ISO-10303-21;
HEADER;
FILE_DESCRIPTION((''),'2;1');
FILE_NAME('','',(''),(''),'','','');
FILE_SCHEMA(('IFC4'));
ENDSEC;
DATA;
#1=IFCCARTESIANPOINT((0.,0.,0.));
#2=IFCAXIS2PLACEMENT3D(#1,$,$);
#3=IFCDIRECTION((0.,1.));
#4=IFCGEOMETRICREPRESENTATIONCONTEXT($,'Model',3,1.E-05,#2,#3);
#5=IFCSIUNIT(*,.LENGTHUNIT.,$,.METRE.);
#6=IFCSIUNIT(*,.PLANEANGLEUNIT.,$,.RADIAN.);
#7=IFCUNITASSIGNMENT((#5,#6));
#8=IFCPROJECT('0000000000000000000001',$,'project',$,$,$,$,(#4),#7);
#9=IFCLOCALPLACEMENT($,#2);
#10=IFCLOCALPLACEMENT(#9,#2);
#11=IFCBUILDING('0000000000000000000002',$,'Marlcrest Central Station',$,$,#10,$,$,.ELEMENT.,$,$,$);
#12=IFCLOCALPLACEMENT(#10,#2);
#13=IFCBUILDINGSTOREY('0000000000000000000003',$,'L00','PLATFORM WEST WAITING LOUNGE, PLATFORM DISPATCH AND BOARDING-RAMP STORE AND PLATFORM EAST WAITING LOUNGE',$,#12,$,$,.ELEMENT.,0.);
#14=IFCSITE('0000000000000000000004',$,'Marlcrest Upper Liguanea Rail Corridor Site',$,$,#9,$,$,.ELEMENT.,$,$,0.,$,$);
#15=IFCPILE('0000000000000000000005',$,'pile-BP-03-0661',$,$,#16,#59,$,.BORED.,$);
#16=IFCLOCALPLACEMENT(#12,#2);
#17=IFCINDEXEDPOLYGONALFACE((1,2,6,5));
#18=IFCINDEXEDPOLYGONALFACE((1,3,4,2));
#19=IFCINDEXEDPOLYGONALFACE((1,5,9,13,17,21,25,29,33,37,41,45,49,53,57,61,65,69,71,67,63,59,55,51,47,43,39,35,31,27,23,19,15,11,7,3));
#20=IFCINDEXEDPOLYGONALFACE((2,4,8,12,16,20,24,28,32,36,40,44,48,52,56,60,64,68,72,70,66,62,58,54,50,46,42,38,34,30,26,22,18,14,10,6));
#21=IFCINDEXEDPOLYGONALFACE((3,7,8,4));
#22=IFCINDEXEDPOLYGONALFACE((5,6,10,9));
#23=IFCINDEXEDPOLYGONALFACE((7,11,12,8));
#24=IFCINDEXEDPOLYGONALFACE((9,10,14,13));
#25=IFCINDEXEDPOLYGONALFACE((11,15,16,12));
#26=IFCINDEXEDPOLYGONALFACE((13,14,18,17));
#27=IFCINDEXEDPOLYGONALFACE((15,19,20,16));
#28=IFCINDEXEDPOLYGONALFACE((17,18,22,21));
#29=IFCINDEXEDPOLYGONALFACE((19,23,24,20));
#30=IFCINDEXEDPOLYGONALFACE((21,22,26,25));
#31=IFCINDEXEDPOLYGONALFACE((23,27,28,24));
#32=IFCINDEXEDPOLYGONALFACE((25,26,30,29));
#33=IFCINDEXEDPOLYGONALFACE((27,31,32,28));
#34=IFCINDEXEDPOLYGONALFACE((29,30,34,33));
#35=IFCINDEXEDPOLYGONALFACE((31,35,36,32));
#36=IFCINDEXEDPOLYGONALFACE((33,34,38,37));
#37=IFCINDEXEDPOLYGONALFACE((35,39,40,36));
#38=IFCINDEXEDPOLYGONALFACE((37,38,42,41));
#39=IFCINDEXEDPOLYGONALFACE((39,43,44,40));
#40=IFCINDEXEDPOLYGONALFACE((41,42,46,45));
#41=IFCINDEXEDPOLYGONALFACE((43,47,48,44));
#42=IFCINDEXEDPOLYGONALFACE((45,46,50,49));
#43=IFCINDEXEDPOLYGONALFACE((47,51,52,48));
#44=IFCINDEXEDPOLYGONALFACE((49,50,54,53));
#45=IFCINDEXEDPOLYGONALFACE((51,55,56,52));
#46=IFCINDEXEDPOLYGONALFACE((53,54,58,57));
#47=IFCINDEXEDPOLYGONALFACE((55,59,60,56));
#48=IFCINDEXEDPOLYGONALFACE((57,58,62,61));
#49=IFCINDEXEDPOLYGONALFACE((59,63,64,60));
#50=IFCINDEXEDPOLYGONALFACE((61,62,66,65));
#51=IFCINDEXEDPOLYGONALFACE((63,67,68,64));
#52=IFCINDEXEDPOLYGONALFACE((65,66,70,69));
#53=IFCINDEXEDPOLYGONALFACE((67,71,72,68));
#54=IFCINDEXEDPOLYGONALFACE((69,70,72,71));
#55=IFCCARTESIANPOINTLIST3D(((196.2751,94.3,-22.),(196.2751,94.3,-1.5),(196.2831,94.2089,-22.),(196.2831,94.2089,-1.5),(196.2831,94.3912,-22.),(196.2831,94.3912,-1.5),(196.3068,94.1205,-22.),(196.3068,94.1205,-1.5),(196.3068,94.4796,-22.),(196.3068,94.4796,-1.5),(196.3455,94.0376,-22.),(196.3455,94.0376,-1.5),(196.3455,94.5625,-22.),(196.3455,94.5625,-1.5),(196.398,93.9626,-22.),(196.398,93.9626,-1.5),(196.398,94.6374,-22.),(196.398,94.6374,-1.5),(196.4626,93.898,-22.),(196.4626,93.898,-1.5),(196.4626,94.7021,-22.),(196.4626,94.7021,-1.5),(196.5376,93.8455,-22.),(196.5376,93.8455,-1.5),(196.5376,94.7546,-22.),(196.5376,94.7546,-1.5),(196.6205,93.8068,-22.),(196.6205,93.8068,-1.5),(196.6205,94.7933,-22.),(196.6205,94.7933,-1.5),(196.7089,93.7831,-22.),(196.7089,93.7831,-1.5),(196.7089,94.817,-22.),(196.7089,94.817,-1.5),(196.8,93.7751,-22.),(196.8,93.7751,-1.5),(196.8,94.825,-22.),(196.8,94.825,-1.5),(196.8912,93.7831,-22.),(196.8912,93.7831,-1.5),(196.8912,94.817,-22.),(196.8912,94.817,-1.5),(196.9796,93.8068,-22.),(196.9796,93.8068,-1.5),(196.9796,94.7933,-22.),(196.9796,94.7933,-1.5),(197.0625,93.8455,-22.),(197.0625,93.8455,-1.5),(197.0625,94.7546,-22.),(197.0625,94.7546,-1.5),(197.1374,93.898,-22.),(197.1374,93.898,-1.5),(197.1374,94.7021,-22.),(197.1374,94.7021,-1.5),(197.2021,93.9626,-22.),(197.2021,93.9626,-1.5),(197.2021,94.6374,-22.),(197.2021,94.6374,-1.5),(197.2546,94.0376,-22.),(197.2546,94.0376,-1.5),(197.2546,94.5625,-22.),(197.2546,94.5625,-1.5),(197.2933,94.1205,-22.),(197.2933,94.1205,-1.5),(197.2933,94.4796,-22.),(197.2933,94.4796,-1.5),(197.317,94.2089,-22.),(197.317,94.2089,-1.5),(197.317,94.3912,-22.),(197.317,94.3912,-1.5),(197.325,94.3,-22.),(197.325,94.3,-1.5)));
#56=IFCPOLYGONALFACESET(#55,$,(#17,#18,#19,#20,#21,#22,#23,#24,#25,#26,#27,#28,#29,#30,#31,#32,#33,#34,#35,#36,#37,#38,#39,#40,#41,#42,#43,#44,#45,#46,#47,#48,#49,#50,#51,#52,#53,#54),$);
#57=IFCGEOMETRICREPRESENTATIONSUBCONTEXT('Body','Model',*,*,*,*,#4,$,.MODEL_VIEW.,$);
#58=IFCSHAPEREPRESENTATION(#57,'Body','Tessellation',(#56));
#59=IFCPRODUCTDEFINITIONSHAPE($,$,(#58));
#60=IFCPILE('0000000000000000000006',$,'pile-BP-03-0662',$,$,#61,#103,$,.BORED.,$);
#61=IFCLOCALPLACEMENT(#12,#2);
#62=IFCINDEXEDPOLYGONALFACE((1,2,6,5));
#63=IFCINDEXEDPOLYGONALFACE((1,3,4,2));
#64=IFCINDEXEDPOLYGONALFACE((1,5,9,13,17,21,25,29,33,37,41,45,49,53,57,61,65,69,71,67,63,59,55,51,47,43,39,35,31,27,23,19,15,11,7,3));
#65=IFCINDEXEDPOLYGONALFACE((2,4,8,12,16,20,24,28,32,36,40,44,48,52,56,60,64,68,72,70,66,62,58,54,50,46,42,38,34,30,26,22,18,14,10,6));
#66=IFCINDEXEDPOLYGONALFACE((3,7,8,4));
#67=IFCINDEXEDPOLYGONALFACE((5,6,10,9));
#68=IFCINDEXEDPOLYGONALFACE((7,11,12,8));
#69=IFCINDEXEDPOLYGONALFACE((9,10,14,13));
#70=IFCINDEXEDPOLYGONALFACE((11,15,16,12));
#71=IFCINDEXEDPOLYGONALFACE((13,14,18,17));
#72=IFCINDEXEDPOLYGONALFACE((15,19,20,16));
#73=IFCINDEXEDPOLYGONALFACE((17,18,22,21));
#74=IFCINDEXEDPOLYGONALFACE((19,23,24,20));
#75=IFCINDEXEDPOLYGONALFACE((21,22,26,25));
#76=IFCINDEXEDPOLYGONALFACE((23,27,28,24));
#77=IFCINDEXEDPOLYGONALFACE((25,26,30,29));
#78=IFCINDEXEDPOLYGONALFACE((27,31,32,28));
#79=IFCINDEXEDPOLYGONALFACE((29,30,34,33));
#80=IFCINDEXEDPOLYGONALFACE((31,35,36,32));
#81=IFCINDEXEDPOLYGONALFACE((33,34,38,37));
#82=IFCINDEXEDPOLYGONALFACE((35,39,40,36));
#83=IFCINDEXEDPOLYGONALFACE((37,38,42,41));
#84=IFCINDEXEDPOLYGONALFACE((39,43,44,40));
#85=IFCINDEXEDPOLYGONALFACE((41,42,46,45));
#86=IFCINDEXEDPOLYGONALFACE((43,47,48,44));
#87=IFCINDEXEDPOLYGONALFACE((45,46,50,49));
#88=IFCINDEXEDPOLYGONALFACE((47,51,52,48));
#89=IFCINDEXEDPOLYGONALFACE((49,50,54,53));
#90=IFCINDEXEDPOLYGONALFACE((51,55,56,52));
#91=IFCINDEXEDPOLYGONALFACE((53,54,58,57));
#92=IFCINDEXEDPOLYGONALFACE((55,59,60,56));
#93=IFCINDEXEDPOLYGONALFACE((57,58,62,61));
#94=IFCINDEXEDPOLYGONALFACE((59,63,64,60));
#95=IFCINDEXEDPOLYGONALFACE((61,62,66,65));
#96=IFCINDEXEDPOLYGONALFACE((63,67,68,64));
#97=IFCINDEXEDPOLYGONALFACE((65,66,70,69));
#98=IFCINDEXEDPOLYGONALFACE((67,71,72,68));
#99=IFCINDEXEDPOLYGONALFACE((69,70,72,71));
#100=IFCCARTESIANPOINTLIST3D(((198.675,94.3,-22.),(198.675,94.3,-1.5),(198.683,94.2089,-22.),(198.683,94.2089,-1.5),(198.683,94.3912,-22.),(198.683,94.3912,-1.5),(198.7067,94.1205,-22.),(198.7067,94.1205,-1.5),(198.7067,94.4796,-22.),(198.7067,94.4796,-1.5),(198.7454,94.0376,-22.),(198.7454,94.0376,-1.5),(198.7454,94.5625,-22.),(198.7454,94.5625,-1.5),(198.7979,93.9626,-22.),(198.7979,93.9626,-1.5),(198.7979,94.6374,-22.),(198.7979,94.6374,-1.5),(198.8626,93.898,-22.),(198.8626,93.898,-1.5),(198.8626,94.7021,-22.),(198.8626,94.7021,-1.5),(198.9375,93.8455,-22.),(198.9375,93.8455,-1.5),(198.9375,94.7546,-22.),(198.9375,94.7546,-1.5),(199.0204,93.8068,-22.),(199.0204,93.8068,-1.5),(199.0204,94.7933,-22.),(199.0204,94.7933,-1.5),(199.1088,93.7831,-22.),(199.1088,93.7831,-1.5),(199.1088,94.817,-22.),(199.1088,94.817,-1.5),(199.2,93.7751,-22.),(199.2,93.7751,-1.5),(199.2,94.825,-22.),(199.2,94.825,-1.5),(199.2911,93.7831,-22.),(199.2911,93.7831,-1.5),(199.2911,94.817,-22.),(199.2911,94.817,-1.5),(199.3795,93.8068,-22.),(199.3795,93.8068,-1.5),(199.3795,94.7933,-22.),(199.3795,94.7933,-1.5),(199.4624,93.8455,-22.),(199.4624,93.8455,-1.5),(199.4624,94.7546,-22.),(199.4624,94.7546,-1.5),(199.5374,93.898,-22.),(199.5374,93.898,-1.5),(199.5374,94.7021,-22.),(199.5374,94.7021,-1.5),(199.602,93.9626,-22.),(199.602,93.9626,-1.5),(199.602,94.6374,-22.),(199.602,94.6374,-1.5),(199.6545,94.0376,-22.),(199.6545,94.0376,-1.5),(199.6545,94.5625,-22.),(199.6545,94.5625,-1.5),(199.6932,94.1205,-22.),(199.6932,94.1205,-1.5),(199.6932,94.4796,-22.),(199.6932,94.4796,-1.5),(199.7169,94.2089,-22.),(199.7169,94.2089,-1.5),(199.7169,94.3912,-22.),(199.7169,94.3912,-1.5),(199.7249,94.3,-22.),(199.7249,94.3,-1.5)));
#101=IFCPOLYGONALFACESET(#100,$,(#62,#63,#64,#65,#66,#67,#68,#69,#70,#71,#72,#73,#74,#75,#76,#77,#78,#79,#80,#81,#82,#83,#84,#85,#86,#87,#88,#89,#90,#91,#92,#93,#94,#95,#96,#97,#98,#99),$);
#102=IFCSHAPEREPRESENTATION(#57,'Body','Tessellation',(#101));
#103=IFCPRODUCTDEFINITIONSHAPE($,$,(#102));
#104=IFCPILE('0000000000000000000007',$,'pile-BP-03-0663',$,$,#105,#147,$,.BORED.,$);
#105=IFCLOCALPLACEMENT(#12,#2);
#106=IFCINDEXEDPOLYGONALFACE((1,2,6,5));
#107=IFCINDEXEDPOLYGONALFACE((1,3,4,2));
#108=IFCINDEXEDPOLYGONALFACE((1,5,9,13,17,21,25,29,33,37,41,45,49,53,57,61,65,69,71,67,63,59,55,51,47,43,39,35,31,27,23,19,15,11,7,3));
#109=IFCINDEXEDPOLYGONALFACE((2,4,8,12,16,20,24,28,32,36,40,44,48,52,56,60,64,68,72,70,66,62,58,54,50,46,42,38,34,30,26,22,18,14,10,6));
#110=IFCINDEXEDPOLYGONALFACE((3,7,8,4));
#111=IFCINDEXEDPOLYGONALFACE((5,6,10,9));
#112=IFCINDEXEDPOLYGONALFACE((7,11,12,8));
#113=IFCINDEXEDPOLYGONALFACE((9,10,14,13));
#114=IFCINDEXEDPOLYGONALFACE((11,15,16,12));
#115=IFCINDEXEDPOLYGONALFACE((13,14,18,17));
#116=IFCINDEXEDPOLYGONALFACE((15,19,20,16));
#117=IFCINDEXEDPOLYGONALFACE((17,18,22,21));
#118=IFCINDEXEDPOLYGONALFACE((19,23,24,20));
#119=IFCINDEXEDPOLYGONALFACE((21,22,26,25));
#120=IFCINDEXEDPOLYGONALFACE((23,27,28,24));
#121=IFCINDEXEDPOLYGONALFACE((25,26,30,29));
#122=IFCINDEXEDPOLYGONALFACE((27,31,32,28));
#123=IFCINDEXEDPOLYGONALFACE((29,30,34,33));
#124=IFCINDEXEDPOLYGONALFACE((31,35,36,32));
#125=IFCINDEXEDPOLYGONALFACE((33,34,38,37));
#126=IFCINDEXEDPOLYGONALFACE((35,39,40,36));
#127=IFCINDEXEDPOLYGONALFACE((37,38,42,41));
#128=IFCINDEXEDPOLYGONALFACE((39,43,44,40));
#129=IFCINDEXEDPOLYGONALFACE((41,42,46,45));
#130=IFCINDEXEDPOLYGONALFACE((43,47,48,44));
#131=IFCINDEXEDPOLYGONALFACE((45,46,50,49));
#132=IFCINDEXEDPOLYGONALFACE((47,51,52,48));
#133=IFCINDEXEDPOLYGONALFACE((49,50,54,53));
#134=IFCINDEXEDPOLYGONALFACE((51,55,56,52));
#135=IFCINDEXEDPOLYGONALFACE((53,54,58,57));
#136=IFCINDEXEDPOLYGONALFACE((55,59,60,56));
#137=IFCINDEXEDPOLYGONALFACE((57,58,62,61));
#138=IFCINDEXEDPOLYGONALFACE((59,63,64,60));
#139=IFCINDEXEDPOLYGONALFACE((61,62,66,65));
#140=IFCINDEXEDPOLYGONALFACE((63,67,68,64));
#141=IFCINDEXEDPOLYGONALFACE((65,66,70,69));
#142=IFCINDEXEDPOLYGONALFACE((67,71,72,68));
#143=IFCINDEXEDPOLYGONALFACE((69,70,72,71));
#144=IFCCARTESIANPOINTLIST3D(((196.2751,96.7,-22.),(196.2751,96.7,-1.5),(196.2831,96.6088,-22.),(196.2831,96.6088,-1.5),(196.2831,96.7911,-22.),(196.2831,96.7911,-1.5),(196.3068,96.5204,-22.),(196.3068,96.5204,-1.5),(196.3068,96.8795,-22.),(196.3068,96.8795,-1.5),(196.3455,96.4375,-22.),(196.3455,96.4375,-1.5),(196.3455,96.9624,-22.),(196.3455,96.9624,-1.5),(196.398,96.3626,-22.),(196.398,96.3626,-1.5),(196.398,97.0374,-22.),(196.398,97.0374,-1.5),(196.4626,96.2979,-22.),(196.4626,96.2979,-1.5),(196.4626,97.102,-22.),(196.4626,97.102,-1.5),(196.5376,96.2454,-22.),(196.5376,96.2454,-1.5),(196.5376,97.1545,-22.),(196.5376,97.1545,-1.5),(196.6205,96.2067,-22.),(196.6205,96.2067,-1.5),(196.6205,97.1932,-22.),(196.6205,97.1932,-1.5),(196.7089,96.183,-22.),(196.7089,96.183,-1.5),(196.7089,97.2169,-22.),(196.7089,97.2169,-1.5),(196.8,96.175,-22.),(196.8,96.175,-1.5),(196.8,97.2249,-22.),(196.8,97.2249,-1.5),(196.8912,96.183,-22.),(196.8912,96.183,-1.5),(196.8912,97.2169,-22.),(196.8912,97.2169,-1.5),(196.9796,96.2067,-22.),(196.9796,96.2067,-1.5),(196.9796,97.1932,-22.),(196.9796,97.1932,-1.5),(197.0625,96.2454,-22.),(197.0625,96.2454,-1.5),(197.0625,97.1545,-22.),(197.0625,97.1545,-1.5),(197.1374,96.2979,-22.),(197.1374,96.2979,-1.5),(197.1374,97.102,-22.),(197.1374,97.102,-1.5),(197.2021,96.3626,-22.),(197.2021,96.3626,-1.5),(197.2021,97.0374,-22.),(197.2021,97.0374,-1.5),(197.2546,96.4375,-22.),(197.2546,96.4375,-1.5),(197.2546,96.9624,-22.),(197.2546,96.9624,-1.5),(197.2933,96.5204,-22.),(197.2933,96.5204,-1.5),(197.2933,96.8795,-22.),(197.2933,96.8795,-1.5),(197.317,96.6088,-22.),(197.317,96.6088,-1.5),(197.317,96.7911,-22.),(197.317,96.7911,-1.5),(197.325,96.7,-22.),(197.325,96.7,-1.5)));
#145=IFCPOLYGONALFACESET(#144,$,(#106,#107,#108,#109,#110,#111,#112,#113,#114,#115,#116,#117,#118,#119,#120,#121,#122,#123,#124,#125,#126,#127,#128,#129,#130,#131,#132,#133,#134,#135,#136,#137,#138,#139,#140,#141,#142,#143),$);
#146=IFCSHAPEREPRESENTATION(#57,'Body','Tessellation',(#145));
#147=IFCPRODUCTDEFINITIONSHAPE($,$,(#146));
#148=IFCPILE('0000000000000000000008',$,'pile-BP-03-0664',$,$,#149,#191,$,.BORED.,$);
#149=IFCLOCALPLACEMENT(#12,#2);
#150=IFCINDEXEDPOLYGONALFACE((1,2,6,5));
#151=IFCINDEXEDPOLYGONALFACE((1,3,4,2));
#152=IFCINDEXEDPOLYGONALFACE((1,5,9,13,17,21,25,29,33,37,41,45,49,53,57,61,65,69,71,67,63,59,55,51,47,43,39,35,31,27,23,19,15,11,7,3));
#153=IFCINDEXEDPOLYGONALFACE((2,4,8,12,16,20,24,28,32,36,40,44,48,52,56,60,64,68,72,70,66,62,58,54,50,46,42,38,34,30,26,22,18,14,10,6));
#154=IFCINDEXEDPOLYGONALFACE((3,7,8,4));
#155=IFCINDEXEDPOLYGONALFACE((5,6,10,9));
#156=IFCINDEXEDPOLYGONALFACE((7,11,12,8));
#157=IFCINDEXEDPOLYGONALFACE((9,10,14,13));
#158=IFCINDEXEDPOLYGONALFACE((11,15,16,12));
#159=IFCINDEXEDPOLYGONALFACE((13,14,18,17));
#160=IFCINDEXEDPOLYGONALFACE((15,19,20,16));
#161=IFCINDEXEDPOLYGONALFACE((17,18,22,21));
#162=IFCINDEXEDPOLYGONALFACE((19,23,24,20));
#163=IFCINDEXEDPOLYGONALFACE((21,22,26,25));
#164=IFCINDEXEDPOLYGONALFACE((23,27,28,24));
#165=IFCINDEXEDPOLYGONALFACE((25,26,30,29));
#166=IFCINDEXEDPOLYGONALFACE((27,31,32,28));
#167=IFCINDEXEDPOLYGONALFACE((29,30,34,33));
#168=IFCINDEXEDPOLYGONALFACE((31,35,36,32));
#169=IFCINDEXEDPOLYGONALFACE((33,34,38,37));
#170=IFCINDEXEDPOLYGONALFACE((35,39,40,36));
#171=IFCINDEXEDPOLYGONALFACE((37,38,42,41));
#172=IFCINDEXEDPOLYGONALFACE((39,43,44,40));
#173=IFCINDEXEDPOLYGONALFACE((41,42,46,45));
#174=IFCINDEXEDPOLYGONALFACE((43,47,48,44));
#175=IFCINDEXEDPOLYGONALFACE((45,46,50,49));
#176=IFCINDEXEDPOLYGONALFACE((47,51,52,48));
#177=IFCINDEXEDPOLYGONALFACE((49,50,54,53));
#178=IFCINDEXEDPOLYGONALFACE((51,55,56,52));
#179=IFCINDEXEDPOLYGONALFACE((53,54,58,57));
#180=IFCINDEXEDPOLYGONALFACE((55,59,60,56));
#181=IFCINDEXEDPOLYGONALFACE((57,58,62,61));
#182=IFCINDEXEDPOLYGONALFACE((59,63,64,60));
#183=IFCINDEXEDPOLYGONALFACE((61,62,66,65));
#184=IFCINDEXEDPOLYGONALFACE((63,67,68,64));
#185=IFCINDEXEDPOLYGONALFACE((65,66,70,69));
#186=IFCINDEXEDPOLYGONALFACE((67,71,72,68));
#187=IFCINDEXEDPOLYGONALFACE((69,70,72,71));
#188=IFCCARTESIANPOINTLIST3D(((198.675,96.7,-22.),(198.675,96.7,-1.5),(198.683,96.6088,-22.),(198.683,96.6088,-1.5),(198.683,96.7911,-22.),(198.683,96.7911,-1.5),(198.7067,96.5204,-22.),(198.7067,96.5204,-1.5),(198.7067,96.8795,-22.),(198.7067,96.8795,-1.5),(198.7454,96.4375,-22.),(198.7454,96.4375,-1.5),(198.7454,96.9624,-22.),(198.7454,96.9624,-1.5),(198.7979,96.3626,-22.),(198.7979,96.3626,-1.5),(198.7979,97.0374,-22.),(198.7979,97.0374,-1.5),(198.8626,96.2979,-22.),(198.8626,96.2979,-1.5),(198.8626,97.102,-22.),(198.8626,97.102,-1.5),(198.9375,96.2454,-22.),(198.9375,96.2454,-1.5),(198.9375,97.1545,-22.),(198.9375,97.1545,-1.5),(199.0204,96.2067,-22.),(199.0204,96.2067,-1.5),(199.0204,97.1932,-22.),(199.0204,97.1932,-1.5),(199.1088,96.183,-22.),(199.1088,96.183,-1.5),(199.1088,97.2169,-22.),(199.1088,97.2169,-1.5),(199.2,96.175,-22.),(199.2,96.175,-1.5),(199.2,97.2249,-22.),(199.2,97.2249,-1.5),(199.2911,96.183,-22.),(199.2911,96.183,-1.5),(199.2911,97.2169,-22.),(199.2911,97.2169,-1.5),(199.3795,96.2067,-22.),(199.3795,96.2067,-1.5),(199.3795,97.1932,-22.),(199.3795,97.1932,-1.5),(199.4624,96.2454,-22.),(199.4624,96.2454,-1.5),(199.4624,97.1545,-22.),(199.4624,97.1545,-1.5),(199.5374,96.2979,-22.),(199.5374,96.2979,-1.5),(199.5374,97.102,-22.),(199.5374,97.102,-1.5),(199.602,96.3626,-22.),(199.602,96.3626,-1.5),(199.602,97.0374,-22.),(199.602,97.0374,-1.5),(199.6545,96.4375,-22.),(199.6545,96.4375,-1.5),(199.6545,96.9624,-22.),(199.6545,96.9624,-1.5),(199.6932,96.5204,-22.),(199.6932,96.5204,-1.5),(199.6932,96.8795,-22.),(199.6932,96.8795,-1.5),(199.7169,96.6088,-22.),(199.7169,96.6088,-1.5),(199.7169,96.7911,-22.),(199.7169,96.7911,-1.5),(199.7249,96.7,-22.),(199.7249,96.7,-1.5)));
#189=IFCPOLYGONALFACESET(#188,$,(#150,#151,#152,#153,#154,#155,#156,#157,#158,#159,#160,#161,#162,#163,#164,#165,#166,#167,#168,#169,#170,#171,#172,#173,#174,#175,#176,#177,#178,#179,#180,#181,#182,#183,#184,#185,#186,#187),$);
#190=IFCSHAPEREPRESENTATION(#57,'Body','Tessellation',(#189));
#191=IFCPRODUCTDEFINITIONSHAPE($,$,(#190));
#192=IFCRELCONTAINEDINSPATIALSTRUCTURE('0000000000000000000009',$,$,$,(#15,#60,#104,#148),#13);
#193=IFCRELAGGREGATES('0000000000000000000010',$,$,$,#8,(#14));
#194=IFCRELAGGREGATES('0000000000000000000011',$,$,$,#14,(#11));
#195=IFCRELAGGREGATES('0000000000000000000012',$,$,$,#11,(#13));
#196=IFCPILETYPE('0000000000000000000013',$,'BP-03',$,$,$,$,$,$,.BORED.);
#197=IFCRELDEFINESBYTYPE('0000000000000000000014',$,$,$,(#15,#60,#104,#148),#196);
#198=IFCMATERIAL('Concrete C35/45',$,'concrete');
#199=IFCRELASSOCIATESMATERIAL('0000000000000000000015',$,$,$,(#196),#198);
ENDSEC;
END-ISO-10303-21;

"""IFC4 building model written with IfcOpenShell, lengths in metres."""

from ifc_helpers import new_model, si_unit, direction, frame, origin, origin_2d, place, context, subcontext, project, spatial, circle, extrude, material, material_profile, profile_set, type_object, element, save


model = new_model("IFC4")

# Units and contexts
model_context = context("Model", 3, precision=1e-05, world=origin(), true_north=direction((0.0, 1.0)))
body_context = subcontext(model_context, "Body", "Model", "MODEL_VIEW")
ifc_project = project(units=[si_unit("LENGTHUNIT", "METRE"), si_unit("PLANEANGLEUNIT", "RADIAN")], contexts=[model_context])

# Site, building, storey
site_placement = place(None, origin())
site = spatial("IfcSite", under=ifc_project, at=site_placement, Name="Marlcrest Upper Liguanea Rail Corridor Site", CompositionType="ELEMENT", RefElevation=0.0)
building_placement = place(site_placement, origin())
building = spatial("IfcBuilding", under=site, at=building_placement, Name="Marlcrest Central Station", CompositionType="ELEMENT")
storey_placement = place(building_placement, origin())
storey = spatial("IfcBuildingStorey", under=building, at=storey_placement, Name="L00", Description="PLATFORM WEST WAITING LOUNGE, PLATFORM DISPATCH AND BOARDING-RAMP STORE AND PLATFORM EAST WAITING LOUNGE", CompositionType="ELEMENT", Elevation=0.0)

# Piles
ifc_material_1 = material(Name="Concrete C35/45", Category="concrete")
ifc_material_profile_1 = material_profile(ifc_material_1, circle(Radius=0.5249, at=origin_2d()), Name="PILE D1050")
ifc_profile_set_1 = profile_set([ifc_material_profile_1], Name="Concrete C35/45")
pile_type_1 = type_object("IfcPileType", Name="BP-03", PredefinedType="BORED", material=ifc_profile_set_1)
for number, where, z_axis, x_axis, name in (
    (1, (196.8, 94.3, -1.5), (0.0, 0.0, -1.0), (1.0, 0.0, 0.0), "pile-BP-03-0661"),
    (2, (199.2, 94.3, -1.5), (0.0, 0.0, -1.0), (1.0, 0.0, 0.0), "pile-BP-03-0662"),
    (3, (196.8, 96.7, -1.5), (0.0, 0.0, -1.0), (1.0, 0.0, 0.0), "pile-BP-03-0663"),
    (4, (199.2, 96.7, -1.5), (0.0, 0.0, -1.0), (1.0, 0.0, 0.0), "pile-BP-03-0664"),
):
    element("IfcPile", number, at=place(storey_placement, frame(where, z_axis=z_axis, x_axis=x_axis)), inside=storey, type_object=pile_type_1, Name=name, PredefinedType="BORED", context=body_context, shape_type="SweptSolid", body=[
        extrude(circle(Radius=0.5249, at=origin_2d()), origin(), (0.0, 0.0, 1.0), 20.5),
    ])

save(model, "model.ifc")
